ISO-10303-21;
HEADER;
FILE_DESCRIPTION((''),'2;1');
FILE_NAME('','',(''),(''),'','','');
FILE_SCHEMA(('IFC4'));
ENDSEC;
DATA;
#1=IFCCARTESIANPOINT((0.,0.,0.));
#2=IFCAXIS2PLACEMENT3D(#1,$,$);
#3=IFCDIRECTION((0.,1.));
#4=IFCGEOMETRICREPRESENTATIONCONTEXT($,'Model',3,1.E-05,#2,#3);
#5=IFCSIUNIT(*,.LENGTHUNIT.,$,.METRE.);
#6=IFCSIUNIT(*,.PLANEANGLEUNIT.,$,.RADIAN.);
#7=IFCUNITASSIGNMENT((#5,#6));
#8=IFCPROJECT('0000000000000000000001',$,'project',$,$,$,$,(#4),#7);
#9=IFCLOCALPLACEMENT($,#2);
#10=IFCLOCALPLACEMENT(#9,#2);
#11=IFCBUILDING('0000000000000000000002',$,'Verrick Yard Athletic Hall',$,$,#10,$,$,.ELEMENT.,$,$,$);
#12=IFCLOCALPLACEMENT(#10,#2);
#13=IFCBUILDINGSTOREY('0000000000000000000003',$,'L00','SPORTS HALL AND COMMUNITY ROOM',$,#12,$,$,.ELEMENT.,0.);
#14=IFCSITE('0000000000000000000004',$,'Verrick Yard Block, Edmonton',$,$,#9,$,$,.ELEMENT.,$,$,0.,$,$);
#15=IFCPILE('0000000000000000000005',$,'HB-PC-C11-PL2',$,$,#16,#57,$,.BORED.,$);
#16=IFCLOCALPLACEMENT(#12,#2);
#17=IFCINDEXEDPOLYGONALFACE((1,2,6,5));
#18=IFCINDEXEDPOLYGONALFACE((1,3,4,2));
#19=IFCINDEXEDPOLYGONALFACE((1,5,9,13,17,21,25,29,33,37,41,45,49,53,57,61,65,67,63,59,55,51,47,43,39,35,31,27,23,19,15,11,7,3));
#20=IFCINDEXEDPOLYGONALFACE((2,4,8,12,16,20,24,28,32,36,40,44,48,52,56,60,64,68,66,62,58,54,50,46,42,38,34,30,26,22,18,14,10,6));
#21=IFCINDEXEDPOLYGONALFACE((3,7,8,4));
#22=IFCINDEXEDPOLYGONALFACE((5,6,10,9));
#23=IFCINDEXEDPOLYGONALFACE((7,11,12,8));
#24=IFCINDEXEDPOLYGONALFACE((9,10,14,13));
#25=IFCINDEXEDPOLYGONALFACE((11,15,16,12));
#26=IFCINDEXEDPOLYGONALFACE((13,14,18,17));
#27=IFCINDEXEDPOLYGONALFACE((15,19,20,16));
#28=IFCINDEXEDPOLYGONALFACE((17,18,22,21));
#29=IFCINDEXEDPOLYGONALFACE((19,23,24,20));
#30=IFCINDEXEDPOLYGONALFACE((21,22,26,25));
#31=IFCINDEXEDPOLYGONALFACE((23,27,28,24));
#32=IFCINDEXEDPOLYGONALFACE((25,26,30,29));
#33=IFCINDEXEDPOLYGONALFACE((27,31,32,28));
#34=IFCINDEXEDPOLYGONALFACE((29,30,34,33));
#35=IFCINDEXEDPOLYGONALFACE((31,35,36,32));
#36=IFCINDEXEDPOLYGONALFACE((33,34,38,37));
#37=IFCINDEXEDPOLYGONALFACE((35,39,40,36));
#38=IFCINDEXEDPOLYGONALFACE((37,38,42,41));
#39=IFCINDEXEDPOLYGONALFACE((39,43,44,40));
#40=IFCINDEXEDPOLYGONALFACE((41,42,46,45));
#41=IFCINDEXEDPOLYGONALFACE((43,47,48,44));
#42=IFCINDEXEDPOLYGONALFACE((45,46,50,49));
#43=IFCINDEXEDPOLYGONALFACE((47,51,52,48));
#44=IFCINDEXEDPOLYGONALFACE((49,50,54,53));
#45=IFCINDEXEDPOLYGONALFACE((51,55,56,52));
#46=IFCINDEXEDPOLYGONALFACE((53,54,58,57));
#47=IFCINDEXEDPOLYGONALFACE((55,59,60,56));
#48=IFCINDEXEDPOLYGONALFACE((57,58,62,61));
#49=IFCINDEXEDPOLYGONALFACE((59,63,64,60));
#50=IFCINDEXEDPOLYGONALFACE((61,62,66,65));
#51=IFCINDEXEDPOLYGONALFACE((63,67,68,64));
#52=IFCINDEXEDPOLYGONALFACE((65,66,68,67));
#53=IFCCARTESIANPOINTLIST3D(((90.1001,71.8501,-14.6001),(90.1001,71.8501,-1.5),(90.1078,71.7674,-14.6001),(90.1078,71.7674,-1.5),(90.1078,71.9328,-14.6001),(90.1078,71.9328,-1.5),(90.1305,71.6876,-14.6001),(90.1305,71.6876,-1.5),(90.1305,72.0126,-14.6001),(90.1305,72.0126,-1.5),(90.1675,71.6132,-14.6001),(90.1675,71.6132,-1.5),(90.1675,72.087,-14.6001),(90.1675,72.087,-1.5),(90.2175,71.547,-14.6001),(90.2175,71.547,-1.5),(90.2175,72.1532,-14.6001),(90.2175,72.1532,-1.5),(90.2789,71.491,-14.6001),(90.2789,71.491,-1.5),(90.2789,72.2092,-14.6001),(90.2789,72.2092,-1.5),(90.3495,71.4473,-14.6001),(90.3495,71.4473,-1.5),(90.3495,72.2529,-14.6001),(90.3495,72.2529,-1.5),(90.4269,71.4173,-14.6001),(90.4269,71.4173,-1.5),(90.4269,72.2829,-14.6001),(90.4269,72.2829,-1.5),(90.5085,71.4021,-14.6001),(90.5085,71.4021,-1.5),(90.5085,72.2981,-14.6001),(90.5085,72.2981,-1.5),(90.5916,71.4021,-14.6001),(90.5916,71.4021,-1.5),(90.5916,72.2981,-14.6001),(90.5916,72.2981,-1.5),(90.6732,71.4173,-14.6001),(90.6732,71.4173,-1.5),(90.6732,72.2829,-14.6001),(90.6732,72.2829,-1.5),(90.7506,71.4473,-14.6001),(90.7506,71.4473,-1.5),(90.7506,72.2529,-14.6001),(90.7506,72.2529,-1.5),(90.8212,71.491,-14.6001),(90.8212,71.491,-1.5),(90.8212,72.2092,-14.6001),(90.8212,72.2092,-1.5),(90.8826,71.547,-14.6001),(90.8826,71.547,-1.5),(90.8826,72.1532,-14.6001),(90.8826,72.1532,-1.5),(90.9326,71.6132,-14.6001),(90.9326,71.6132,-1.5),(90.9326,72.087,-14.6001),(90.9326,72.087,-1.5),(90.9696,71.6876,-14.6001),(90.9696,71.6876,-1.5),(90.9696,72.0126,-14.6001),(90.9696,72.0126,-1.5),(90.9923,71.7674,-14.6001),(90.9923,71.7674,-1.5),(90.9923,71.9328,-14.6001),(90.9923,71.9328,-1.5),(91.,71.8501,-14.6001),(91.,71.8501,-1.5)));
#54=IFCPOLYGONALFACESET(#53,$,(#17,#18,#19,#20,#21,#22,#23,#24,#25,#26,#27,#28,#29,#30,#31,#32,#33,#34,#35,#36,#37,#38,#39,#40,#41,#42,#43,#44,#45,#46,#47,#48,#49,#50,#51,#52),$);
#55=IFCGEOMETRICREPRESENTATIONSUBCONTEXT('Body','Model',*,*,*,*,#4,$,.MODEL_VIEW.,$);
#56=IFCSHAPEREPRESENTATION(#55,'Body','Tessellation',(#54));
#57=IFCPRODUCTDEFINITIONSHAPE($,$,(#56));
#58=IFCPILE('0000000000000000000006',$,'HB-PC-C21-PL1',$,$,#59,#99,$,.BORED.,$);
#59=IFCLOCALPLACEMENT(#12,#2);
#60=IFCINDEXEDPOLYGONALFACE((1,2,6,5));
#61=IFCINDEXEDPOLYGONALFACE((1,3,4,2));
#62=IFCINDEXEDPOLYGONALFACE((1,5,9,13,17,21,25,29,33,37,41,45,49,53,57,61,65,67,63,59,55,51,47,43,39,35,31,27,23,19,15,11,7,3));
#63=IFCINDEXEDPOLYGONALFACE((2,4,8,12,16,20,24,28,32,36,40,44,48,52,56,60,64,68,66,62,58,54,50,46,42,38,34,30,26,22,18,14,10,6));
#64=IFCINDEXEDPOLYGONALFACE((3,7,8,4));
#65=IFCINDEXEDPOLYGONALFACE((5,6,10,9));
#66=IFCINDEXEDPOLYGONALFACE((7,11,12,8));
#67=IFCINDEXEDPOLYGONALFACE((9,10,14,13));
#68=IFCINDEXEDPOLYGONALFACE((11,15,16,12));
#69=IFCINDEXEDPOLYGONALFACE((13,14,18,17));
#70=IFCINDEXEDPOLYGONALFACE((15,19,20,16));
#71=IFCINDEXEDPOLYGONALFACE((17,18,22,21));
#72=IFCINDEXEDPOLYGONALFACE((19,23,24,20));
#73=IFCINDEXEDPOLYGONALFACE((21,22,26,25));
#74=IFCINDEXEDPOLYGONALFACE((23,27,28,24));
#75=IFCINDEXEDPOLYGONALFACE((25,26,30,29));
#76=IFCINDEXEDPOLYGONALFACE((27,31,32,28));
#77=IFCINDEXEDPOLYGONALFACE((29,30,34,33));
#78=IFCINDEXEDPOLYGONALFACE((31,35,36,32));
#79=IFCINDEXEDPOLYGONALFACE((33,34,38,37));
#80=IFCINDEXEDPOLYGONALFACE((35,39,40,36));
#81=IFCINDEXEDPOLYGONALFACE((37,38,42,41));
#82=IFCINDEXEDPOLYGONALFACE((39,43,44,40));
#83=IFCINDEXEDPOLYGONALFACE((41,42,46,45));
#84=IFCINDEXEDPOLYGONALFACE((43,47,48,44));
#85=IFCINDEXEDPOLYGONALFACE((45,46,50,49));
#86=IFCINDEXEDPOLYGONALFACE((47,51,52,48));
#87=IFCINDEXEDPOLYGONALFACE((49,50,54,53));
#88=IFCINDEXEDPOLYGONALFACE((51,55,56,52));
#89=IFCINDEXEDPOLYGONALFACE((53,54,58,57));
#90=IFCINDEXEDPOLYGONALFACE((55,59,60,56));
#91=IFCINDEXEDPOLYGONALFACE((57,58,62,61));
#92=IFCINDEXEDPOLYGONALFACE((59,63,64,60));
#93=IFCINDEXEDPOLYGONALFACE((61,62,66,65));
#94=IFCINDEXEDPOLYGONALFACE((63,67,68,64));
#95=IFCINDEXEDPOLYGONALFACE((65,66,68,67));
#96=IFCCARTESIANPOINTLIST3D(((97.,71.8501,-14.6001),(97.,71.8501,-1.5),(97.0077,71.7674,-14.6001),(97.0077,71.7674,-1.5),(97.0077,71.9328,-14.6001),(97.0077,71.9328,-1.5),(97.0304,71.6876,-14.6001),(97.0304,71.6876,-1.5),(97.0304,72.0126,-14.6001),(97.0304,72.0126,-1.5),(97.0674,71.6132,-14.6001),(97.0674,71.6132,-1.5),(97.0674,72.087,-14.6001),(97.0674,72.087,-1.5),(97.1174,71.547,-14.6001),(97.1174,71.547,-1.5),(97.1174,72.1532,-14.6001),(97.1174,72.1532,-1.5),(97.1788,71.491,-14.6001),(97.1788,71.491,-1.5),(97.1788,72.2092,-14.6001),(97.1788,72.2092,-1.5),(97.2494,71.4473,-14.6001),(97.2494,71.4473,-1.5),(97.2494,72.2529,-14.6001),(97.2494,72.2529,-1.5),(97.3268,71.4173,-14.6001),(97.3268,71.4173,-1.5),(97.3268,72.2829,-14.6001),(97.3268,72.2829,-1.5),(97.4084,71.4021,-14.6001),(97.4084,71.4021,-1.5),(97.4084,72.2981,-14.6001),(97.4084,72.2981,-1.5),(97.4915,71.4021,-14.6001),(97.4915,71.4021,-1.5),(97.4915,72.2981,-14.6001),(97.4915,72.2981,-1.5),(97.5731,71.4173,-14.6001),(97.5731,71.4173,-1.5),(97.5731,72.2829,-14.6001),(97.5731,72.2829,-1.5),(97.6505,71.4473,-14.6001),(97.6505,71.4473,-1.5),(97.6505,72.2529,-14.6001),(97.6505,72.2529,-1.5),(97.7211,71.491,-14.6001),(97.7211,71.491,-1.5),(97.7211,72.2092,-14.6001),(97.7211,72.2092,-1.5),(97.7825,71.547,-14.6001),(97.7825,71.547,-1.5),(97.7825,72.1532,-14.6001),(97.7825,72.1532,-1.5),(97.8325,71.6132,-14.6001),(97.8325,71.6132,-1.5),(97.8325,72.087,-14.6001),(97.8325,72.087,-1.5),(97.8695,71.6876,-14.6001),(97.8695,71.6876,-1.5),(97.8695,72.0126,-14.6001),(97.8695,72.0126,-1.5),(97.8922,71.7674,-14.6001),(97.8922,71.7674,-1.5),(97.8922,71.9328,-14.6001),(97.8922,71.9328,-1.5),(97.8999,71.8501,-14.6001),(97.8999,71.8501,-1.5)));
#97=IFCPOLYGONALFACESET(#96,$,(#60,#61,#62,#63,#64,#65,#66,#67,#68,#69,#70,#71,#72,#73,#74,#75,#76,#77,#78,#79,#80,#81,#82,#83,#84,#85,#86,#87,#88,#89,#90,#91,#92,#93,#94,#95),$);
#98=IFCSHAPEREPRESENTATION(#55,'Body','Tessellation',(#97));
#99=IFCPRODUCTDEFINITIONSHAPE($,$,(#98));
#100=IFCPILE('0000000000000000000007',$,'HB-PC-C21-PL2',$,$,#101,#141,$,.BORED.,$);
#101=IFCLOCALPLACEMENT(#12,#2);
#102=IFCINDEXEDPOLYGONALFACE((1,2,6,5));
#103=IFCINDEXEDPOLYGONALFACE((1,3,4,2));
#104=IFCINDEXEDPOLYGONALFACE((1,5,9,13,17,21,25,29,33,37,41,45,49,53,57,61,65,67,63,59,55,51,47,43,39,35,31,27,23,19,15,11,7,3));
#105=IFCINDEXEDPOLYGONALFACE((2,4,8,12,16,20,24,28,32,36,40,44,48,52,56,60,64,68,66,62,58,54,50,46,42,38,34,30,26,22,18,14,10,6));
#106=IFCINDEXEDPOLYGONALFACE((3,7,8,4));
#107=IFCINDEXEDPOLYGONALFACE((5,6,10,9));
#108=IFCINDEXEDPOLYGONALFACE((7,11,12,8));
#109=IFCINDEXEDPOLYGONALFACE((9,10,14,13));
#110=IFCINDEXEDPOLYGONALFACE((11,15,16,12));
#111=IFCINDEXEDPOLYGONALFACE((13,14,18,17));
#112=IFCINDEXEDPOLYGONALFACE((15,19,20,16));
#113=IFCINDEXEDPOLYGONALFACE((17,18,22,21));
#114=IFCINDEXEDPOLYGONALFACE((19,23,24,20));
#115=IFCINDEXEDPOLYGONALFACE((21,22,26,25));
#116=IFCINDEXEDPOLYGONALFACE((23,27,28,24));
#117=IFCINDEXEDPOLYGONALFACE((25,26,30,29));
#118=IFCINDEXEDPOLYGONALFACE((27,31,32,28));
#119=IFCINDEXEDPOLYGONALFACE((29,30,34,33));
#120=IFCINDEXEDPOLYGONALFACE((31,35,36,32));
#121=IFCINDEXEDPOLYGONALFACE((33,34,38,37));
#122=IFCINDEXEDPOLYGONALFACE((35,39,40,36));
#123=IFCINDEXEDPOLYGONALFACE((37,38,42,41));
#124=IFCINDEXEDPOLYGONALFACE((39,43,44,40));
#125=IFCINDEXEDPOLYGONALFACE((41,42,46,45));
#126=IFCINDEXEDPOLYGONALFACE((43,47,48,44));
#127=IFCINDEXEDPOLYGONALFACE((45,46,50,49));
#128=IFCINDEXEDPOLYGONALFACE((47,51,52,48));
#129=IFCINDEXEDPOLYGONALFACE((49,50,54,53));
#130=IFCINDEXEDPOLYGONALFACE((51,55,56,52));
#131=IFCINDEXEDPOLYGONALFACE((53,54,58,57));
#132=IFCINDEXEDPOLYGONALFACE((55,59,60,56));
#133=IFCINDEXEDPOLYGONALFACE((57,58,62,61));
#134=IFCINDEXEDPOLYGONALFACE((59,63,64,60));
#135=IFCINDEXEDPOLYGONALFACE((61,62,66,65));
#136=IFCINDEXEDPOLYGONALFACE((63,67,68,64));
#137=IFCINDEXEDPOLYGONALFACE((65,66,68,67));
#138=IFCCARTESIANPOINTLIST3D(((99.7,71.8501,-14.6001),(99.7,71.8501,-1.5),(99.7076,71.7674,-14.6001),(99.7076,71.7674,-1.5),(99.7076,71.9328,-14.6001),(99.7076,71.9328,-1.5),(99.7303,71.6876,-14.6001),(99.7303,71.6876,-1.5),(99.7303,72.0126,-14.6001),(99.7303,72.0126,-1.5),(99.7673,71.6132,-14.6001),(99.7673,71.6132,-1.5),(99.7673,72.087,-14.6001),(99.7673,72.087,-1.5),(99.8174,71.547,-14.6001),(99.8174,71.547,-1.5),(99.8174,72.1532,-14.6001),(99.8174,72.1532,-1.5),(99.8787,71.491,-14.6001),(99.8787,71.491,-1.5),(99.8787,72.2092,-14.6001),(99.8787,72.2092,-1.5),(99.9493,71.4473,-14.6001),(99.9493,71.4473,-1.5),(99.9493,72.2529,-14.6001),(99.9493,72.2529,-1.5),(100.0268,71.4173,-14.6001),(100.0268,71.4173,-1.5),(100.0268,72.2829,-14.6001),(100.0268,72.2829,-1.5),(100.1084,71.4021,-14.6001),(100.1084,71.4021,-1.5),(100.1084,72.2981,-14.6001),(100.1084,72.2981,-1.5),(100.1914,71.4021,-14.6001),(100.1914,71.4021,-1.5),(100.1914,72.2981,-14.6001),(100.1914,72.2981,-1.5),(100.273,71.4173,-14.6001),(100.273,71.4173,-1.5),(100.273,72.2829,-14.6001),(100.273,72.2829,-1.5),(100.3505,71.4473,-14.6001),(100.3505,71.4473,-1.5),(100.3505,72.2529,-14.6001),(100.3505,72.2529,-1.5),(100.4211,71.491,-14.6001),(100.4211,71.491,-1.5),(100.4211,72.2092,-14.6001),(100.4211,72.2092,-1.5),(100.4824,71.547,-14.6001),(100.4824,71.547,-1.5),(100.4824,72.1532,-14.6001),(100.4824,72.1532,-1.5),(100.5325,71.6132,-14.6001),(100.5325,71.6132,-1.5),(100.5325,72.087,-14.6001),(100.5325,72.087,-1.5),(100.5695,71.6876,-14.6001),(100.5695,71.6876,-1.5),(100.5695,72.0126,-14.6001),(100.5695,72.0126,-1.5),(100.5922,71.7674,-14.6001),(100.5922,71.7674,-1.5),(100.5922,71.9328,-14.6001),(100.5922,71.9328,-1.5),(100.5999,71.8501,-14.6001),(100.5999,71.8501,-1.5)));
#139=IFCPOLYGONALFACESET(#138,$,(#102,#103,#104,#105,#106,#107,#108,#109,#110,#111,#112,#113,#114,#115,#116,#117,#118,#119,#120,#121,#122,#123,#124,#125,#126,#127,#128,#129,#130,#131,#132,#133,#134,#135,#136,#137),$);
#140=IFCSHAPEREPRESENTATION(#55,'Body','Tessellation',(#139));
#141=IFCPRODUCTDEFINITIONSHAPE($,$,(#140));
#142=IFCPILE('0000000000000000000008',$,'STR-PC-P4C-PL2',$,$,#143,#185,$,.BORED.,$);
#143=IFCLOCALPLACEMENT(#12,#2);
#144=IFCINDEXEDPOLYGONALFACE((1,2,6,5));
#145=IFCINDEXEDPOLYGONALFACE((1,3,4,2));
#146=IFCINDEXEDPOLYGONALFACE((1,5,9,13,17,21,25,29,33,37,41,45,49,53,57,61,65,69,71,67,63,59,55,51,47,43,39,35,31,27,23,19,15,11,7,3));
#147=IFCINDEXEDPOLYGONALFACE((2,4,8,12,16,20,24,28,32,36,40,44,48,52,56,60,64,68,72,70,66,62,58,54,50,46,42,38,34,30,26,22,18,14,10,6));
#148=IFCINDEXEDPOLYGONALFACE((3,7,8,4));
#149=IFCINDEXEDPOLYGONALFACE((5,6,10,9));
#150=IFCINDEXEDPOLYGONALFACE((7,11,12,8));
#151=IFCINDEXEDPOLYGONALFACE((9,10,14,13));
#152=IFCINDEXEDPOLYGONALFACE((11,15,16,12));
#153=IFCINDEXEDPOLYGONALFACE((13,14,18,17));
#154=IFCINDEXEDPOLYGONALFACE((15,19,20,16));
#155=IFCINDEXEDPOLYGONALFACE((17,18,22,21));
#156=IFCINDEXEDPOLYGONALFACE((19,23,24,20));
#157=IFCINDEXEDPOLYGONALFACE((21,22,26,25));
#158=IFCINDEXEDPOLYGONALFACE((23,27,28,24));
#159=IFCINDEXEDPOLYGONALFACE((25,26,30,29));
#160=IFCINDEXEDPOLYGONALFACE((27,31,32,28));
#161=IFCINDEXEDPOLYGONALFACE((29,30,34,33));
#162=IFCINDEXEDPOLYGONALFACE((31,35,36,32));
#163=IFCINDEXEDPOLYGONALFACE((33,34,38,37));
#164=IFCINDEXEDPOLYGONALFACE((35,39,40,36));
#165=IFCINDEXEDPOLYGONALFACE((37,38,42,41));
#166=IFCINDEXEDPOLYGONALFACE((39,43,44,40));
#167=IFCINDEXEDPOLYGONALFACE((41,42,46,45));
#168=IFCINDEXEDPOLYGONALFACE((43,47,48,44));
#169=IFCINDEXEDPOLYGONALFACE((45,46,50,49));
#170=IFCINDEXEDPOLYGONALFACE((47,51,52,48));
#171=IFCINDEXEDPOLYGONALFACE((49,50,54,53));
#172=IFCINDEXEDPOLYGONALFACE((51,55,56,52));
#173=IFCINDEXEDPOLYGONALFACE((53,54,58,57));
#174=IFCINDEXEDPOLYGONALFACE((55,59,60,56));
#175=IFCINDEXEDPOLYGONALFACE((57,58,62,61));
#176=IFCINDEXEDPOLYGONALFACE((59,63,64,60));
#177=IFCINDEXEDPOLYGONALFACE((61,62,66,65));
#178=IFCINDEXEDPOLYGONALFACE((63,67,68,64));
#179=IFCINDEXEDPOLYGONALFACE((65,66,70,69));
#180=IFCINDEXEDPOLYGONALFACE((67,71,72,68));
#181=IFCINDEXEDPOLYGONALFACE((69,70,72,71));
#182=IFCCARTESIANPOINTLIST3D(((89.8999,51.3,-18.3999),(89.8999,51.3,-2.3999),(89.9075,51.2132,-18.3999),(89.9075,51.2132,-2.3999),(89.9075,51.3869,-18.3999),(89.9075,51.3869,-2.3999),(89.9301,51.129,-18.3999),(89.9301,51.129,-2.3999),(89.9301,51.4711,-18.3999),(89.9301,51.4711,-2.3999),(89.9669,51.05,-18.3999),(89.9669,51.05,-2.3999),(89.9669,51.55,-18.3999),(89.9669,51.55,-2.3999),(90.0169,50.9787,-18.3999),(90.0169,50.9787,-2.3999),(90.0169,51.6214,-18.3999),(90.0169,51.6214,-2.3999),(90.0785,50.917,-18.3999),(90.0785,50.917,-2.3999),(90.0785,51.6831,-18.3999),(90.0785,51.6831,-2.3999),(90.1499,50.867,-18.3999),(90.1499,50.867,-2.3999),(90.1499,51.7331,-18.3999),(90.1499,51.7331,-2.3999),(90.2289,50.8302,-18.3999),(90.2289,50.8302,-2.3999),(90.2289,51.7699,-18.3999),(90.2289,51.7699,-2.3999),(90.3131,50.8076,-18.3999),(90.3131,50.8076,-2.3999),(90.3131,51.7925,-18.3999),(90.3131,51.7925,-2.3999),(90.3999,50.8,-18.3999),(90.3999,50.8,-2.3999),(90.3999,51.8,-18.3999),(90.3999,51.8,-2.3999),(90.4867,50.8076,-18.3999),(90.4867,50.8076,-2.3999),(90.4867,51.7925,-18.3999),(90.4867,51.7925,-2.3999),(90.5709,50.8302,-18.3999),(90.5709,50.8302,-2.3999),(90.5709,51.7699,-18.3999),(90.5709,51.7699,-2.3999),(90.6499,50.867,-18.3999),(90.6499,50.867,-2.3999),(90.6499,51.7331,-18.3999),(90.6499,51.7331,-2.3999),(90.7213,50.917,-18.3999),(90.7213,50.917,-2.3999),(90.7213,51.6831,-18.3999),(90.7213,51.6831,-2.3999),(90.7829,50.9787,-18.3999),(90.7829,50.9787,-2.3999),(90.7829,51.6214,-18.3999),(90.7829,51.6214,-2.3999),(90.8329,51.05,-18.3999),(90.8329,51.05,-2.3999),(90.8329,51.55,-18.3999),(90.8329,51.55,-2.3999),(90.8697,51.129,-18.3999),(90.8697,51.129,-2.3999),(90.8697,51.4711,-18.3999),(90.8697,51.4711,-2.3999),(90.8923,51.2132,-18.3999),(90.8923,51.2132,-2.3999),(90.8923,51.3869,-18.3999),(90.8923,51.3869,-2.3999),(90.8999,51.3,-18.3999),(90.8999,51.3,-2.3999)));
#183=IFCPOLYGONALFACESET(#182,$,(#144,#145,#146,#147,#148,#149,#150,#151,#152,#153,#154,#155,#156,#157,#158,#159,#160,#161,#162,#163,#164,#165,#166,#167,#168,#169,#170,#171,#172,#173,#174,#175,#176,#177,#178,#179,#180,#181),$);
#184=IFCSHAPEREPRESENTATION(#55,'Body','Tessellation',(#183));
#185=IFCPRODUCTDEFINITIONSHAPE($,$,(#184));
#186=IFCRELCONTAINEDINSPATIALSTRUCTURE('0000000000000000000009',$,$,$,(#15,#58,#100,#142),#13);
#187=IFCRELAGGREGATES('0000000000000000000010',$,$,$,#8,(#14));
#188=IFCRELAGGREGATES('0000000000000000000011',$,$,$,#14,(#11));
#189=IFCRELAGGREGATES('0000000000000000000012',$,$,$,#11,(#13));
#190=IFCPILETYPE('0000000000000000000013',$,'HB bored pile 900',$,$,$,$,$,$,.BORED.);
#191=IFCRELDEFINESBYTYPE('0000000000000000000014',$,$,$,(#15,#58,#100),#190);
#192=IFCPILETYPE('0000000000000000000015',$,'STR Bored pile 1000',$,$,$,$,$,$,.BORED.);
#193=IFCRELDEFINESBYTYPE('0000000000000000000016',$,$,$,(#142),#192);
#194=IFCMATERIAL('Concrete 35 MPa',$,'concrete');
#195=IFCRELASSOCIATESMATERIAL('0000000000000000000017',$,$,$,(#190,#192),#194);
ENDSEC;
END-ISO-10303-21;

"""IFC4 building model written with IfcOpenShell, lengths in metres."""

from ifc_helpers import new_model, si_unit, direction, frame, origin, origin_2d, place, context, subcontext, project, spatial, circle, extrude, material, material_profile, profile_set, type_object, element, save


model = new_model("IFC4")

# Units and contexts
model_context = context("Model", 3, precision=1e-05, world=origin(), true_north=direction((0.0, 1.0)))
body_context = subcontext(model_context, "Body", "Model", "MODEL_VIEW")
ifc_project = project(units=[si_unit("LENGTHUNIT", "METRE"), si_unit("PLANEANGLEUNIT", "RADIAN")], contexts=[model_context])

# Site, building, storey
site_placement = place(None, origin())
site = spatial("IfcSite", under=ifc_project, at=site_placement, Name="Verrick Yard Block, Edmonton", CompositionType="ELEMENT", RefElevation=0.0)
building_placement = place(site_placement, origin())
building = spatial("IfcBuilding", under=site, at=building_placement, Name="Verrick Yard Athletic Hall", CompositionType="ELEMENT")
storey_placement = place(building_placement, origin())
storey = spatial("IfcBuildingStorey", under=building, at=storey_placement, Name="L00", Description="SPORTS HALL AND COMMUNITY ROOM", CompositionType="ELEMENT", Elevation=0.0)

# Piles
ifc_material_1 = material(Name="Concrete 35 MPa", Category="concrete")
ifc_material_profile_1 = material_profile(ifc_material_1, circle(Radius=0.45, at=origin_2d()), Name="Bored pile 900")
ifc_profile_set_1 = profile_set([ifc_material_profile_1], Name="Concrete 35 MPa")
pile_type_1 = type_object("IfcPileType", Name="HB bored pile 900", PredefinedType="BORED", material=ifc_profile_set_1)
for number, where, z_axis, x_axis, name in (
    (1, (90.55, 71.8501, -1.5), (0.0, 0.0, -1.0), (1.0, 0.0, 0.0), "HB-PC-C11-PL2"),
    (2, (97.45, 71.8501, -1.5), (0.0, 0.0, -1.0), (1.0, 0.0, 0.0), "HB-PC-C21-PL1"),
    (3, (100.1499, 71.8501, -1.5), (0.0, 0.0, -1.0), (1.0, 0.0, 0.0), "HB-PC-C21-PL2"),
):
    element("IfcPile", number, at=place(storey_placement, frame(where, z_axis=z_axis, x_axis=x_axis)), inside=storey, type_object=pile_type_1, Name=name, PredefinedType="BORED", context=body_context, shape_type="SweptSolid", body=[
        extrude(circle(Radius=0.45, at=origin_2d()), origin(), (0.0, 0.0, 1.0), 13.1001),
    ])
pile_type_2 = type_object("IfcPileType", Name="STR Bored pile 1000", PredefinedType="BORED", material=ifc_material_1)
for number, where, z_axis, x_axis, name in (
    (4, (90.3999, 51.3, -2.3999), (0.0, 0.0, -1.0), (1.0, 0.0, 0.0), "STR-PC-P4C-PL2"),
):
    element("IfcPile", number, at=place(storey_placement, frame(where, z_axis=z_axis, x_axis=x_axis)), inside=storey, type_object=pile_type_2, Name=name, PredefinedType="BORED", context=body_context, shape_type="SweptSolid", body=[
        extrude(circle(Radius=0.5, at=origin_2d()), origin(), (0.0, 0.0, 1.0), 16.0),
    ])

save(model, "model.ifc")
